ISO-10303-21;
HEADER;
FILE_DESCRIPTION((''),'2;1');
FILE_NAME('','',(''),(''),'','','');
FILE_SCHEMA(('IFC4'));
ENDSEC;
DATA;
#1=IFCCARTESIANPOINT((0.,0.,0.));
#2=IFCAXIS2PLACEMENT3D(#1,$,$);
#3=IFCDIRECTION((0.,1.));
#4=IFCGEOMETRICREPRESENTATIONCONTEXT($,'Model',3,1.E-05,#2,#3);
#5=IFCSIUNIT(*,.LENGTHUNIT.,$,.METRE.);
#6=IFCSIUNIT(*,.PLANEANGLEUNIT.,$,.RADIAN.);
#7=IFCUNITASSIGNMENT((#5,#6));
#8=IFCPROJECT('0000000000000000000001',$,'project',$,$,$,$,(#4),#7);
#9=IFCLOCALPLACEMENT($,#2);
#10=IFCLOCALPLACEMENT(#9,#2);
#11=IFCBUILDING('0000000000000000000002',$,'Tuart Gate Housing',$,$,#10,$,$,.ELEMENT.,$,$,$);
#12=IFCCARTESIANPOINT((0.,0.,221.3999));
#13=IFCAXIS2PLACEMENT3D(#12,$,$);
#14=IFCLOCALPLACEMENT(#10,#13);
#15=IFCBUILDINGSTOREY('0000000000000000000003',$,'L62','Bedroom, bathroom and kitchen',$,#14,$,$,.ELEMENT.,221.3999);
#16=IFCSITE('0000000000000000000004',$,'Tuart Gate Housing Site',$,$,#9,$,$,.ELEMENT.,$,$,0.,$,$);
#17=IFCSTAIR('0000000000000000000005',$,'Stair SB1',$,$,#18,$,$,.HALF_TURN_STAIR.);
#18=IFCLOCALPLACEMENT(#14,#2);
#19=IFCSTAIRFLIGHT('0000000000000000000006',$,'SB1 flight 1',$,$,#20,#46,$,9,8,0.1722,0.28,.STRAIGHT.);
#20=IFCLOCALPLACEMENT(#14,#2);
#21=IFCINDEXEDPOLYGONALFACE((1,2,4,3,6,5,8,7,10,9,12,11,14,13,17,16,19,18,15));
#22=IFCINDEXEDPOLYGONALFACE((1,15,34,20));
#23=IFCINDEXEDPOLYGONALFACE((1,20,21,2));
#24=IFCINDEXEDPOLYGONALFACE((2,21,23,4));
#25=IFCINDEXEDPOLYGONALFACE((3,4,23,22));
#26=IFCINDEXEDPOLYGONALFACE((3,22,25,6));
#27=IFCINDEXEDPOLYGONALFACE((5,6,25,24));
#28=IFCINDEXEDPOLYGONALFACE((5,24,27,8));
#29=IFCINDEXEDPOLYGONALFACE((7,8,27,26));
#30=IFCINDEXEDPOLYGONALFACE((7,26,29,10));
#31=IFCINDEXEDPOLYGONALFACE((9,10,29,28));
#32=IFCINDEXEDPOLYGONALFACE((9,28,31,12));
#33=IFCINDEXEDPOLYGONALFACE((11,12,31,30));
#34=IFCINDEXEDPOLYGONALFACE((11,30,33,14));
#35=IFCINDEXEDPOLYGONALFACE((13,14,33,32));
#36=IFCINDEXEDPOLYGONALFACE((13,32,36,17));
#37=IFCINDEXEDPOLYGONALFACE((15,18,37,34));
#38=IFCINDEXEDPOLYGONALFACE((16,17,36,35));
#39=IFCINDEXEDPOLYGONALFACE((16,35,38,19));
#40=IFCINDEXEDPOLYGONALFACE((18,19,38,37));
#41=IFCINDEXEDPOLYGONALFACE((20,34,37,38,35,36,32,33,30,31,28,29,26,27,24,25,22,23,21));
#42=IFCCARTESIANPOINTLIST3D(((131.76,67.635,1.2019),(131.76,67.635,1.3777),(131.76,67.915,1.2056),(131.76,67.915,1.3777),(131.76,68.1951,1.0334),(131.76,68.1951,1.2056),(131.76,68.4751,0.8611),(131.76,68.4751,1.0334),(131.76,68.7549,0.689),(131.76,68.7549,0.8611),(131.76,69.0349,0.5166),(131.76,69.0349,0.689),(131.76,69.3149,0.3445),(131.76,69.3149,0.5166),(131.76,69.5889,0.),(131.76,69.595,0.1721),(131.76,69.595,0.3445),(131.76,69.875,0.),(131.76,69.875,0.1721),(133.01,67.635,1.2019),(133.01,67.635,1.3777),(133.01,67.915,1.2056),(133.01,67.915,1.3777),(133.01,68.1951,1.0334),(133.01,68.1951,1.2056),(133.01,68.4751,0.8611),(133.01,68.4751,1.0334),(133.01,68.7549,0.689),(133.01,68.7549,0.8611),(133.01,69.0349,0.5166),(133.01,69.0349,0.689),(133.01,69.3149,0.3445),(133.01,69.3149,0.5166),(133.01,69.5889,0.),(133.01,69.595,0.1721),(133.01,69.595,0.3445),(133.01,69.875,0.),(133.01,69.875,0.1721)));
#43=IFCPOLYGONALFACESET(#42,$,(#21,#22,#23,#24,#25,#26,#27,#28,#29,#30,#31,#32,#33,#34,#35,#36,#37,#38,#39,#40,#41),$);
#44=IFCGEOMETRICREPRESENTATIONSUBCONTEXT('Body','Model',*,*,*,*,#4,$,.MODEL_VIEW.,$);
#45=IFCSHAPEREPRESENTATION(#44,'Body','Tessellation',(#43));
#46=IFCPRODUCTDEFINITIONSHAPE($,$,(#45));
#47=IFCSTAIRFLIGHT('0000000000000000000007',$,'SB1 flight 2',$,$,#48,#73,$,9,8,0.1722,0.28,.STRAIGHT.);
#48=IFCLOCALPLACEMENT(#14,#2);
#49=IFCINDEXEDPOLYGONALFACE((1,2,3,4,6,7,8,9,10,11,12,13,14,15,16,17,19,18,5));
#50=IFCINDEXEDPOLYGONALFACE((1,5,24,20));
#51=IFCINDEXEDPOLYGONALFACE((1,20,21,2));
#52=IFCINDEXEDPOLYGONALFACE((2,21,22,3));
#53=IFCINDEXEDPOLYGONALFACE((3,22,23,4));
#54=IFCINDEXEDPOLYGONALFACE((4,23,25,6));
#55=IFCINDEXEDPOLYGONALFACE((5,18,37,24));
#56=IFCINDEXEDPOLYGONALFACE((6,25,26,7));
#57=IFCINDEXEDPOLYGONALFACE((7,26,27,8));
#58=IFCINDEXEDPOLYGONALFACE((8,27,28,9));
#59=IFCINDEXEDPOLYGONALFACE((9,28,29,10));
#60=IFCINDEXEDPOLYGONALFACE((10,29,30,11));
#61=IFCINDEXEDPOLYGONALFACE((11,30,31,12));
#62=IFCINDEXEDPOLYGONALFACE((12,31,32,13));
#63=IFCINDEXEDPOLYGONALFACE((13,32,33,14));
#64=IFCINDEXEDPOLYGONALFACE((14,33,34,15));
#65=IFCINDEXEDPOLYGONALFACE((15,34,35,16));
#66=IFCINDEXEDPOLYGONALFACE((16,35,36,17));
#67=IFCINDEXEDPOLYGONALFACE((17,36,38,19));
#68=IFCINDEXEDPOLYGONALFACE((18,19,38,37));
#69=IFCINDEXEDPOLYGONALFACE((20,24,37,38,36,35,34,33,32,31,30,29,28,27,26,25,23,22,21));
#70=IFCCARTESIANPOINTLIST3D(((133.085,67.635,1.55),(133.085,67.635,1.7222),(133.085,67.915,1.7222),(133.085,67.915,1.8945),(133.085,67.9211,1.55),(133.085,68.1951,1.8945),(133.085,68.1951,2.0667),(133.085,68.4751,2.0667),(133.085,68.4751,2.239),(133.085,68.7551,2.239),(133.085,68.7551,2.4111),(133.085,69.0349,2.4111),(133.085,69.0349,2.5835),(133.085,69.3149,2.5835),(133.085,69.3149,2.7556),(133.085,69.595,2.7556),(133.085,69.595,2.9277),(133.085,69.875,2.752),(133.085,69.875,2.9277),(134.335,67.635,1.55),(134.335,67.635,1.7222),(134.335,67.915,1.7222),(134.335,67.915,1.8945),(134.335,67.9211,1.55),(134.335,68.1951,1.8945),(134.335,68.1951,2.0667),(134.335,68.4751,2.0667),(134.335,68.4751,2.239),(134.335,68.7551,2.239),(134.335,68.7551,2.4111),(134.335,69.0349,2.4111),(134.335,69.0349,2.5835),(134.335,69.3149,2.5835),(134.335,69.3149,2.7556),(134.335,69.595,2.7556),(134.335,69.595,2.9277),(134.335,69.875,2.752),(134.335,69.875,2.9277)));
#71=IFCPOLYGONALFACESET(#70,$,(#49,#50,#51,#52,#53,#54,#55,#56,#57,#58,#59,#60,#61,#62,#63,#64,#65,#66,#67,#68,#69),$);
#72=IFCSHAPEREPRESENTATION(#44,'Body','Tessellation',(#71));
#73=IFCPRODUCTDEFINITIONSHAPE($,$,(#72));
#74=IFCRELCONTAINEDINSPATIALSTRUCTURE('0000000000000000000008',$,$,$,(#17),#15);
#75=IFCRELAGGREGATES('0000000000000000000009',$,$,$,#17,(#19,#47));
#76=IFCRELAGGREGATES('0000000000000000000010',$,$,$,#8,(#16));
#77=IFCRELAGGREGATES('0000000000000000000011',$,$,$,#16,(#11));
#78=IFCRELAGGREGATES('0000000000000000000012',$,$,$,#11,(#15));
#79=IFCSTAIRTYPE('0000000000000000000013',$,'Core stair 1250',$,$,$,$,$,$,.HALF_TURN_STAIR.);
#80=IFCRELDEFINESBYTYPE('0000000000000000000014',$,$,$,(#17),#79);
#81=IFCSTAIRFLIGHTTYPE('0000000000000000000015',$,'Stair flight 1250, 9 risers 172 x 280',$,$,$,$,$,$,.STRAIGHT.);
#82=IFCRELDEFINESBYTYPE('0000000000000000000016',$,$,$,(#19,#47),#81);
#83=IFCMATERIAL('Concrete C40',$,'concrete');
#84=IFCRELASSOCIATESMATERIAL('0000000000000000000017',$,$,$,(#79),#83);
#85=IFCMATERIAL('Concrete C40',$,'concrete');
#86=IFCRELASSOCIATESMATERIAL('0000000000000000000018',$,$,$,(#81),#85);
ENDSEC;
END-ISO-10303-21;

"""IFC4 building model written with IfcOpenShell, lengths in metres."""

from ifc_helpers import new_model, si_unit, direction, frame, origin, place, context, subcontext, project, spatial, polyline, outline, extrude, material, type_object, element, aggregate, save


model = new_model("IFC4")

# Units and contexts
model_context = context("Model", 3, precision=1e-05, world=origin(), true_north=direction((0.0, 1.0)))
body_context = subcontext(model_context, "Body", "Model", "MODEL_VIEW")
ifc_project = project(units=[si_unit("LENGTHUNIT", "METRE"), si_unit("PLANEANGLEUNIT", "RADIAN")], contexts=[model_context])

# Site, building, storey
site_placement = place(None, origin())
site = spatial("IfcSite", under=ifc_project, at=site_placement, Name="Tuart Gate Housing Site", CompositionType="ELEMENT", RefElevation=0.0)
building_placement = place(site_placement, origin())
building = spatial("IfcBuilding", under=site, at=building_placement, Name="Tuart Gate Housing", CompositionType="ELEMENT")
storey_placement = place(building_placement, frame((0.0, 0.0, 221.3999)))
storey = spatial("IfcBuildingStorey", under=building, at=storey_placement, Name="L62", Description="Bedroom, bathroom and kitchen", CompositionType="ELEMENT", Elevation=221.3999)

# Stair, stair flights
ifc_material_1 = material(Name="Concrete C40", Category="concrete")
stair_type = type_object("IfcStairType", Name="Core stair 1250", PredefinedType="HALF_TURN_STAIR", material=ifc_material_1)
stair_placement = place(storey_placement, origin())
stair = element("IfcStair", 1, at=stair_placement, inside=storey, type_object=stair_type, Name="Stair SB1", PredefinedType="HALF_TURN_STAIR")
ifc_material_2 = material(Name="Concrete C40", Category="concrete")
stair_flight_type = type_object("IfcStairFlightType", Name="Stair flight 1250, 9 risers 172 x 280", PredefinedType="STRAIGHT", material=ifc_material_2)
stair_flight_1_placement = place(storey_placement, frame((132.385, 69.875, 0.0), z_axis=(0.0, 0.0, 1.0), x_axis=(0.0, -1.0, 0.0)))
stair_flight_1 = element("IfcStairFlight", 2, at=stair_flight_1_placement, type_object=stair_flight_type, Name="SB1 flight 1", NumberOfRisers=9, NumberOfTreads=8, PredefinedType="STRAIGHT", RiserHeight=0.1722, TreadLength=0.28, context=body_context, shape_type="SweptSolid", body=[
    extrude(outline(polyline([(0.0, 0.0), (0.0, 0.1721), (0.28, 0.1721), (0.28, 0.3445), (0.5601, 0.3445), (0.5601, 0.5166), (0.8401, 0.5166), (0.8401, 0.689), (1.1201, 0.689), (1.1201, 0.8611), (1.3999, 0.8611), (1.3999, 1.0334), (1.6799, 1.0334), (1.6799, 1.2056), (1.96, 1.2056), (1.96, 1.3777), (2.24, 1.3777), (2.24, 1.55), (2.24, 1.2019), (0.2861, 0.0), (0.0, 0.0)])), frame((0.0, 0.625, 0.0), z_axis=(0.0, -1.0, 0.0), x_axis=(1.0, 0.0, 0.0)), (0.0, 0.0, 1.0), 1.25),
])
stair_flight_2_placement = place(storey_placement, frame((133.71, 67.635, 1.55), z_axis=(0.0, 0.0, 1.0), x_axis=(0.0, 1.0, 0.0)))
stair_flight_2 = element("IfcStairFlight", 3, at=stair_flight_2_placement, type_object=stair_flight_type, Name="SB1 flight 2", NumberOfRisers=9, NumberOfTreads=8, PredefinedType="STRAIGHT", RiserHeight=0.1722, TreadLength=0.28, context=body_context, shape_type="SweptSolid", body=[
    extrude(outline(polyline([(0.0, 0.0), (0.0, 0.1721), (0.28, 0.1721), (0.28, 0.3445), (0.5601, 0.3445), (0.5601, 0.5166), (0.8401, 0.5166), (0.8401, 0.689), (1.1201, 0.689), (1.1201, 0.8611), (1.3999, 0.8611), (1.3999, 1.0334), (1.6799, 1.0334), (1.6799, 1.2056), (1.96, 1.2056), (1.96, 1.3777), (2.24, 1.3777), (2.24, 1.55), (2.24, 1.2019), (0.2861, 0.0), (0.0, 0.0)])), frame((0.0, 0.625, 0.0), z_axis=(0.0, -1.0, 0.0), x_axis=(1.0, 0.0, 0.0)), (0.0, 0.0, 1.0), 1.25),
])
aggregate(stair, [stair_flight_1, stair_flight_2])

save(model, "model.ifc")
